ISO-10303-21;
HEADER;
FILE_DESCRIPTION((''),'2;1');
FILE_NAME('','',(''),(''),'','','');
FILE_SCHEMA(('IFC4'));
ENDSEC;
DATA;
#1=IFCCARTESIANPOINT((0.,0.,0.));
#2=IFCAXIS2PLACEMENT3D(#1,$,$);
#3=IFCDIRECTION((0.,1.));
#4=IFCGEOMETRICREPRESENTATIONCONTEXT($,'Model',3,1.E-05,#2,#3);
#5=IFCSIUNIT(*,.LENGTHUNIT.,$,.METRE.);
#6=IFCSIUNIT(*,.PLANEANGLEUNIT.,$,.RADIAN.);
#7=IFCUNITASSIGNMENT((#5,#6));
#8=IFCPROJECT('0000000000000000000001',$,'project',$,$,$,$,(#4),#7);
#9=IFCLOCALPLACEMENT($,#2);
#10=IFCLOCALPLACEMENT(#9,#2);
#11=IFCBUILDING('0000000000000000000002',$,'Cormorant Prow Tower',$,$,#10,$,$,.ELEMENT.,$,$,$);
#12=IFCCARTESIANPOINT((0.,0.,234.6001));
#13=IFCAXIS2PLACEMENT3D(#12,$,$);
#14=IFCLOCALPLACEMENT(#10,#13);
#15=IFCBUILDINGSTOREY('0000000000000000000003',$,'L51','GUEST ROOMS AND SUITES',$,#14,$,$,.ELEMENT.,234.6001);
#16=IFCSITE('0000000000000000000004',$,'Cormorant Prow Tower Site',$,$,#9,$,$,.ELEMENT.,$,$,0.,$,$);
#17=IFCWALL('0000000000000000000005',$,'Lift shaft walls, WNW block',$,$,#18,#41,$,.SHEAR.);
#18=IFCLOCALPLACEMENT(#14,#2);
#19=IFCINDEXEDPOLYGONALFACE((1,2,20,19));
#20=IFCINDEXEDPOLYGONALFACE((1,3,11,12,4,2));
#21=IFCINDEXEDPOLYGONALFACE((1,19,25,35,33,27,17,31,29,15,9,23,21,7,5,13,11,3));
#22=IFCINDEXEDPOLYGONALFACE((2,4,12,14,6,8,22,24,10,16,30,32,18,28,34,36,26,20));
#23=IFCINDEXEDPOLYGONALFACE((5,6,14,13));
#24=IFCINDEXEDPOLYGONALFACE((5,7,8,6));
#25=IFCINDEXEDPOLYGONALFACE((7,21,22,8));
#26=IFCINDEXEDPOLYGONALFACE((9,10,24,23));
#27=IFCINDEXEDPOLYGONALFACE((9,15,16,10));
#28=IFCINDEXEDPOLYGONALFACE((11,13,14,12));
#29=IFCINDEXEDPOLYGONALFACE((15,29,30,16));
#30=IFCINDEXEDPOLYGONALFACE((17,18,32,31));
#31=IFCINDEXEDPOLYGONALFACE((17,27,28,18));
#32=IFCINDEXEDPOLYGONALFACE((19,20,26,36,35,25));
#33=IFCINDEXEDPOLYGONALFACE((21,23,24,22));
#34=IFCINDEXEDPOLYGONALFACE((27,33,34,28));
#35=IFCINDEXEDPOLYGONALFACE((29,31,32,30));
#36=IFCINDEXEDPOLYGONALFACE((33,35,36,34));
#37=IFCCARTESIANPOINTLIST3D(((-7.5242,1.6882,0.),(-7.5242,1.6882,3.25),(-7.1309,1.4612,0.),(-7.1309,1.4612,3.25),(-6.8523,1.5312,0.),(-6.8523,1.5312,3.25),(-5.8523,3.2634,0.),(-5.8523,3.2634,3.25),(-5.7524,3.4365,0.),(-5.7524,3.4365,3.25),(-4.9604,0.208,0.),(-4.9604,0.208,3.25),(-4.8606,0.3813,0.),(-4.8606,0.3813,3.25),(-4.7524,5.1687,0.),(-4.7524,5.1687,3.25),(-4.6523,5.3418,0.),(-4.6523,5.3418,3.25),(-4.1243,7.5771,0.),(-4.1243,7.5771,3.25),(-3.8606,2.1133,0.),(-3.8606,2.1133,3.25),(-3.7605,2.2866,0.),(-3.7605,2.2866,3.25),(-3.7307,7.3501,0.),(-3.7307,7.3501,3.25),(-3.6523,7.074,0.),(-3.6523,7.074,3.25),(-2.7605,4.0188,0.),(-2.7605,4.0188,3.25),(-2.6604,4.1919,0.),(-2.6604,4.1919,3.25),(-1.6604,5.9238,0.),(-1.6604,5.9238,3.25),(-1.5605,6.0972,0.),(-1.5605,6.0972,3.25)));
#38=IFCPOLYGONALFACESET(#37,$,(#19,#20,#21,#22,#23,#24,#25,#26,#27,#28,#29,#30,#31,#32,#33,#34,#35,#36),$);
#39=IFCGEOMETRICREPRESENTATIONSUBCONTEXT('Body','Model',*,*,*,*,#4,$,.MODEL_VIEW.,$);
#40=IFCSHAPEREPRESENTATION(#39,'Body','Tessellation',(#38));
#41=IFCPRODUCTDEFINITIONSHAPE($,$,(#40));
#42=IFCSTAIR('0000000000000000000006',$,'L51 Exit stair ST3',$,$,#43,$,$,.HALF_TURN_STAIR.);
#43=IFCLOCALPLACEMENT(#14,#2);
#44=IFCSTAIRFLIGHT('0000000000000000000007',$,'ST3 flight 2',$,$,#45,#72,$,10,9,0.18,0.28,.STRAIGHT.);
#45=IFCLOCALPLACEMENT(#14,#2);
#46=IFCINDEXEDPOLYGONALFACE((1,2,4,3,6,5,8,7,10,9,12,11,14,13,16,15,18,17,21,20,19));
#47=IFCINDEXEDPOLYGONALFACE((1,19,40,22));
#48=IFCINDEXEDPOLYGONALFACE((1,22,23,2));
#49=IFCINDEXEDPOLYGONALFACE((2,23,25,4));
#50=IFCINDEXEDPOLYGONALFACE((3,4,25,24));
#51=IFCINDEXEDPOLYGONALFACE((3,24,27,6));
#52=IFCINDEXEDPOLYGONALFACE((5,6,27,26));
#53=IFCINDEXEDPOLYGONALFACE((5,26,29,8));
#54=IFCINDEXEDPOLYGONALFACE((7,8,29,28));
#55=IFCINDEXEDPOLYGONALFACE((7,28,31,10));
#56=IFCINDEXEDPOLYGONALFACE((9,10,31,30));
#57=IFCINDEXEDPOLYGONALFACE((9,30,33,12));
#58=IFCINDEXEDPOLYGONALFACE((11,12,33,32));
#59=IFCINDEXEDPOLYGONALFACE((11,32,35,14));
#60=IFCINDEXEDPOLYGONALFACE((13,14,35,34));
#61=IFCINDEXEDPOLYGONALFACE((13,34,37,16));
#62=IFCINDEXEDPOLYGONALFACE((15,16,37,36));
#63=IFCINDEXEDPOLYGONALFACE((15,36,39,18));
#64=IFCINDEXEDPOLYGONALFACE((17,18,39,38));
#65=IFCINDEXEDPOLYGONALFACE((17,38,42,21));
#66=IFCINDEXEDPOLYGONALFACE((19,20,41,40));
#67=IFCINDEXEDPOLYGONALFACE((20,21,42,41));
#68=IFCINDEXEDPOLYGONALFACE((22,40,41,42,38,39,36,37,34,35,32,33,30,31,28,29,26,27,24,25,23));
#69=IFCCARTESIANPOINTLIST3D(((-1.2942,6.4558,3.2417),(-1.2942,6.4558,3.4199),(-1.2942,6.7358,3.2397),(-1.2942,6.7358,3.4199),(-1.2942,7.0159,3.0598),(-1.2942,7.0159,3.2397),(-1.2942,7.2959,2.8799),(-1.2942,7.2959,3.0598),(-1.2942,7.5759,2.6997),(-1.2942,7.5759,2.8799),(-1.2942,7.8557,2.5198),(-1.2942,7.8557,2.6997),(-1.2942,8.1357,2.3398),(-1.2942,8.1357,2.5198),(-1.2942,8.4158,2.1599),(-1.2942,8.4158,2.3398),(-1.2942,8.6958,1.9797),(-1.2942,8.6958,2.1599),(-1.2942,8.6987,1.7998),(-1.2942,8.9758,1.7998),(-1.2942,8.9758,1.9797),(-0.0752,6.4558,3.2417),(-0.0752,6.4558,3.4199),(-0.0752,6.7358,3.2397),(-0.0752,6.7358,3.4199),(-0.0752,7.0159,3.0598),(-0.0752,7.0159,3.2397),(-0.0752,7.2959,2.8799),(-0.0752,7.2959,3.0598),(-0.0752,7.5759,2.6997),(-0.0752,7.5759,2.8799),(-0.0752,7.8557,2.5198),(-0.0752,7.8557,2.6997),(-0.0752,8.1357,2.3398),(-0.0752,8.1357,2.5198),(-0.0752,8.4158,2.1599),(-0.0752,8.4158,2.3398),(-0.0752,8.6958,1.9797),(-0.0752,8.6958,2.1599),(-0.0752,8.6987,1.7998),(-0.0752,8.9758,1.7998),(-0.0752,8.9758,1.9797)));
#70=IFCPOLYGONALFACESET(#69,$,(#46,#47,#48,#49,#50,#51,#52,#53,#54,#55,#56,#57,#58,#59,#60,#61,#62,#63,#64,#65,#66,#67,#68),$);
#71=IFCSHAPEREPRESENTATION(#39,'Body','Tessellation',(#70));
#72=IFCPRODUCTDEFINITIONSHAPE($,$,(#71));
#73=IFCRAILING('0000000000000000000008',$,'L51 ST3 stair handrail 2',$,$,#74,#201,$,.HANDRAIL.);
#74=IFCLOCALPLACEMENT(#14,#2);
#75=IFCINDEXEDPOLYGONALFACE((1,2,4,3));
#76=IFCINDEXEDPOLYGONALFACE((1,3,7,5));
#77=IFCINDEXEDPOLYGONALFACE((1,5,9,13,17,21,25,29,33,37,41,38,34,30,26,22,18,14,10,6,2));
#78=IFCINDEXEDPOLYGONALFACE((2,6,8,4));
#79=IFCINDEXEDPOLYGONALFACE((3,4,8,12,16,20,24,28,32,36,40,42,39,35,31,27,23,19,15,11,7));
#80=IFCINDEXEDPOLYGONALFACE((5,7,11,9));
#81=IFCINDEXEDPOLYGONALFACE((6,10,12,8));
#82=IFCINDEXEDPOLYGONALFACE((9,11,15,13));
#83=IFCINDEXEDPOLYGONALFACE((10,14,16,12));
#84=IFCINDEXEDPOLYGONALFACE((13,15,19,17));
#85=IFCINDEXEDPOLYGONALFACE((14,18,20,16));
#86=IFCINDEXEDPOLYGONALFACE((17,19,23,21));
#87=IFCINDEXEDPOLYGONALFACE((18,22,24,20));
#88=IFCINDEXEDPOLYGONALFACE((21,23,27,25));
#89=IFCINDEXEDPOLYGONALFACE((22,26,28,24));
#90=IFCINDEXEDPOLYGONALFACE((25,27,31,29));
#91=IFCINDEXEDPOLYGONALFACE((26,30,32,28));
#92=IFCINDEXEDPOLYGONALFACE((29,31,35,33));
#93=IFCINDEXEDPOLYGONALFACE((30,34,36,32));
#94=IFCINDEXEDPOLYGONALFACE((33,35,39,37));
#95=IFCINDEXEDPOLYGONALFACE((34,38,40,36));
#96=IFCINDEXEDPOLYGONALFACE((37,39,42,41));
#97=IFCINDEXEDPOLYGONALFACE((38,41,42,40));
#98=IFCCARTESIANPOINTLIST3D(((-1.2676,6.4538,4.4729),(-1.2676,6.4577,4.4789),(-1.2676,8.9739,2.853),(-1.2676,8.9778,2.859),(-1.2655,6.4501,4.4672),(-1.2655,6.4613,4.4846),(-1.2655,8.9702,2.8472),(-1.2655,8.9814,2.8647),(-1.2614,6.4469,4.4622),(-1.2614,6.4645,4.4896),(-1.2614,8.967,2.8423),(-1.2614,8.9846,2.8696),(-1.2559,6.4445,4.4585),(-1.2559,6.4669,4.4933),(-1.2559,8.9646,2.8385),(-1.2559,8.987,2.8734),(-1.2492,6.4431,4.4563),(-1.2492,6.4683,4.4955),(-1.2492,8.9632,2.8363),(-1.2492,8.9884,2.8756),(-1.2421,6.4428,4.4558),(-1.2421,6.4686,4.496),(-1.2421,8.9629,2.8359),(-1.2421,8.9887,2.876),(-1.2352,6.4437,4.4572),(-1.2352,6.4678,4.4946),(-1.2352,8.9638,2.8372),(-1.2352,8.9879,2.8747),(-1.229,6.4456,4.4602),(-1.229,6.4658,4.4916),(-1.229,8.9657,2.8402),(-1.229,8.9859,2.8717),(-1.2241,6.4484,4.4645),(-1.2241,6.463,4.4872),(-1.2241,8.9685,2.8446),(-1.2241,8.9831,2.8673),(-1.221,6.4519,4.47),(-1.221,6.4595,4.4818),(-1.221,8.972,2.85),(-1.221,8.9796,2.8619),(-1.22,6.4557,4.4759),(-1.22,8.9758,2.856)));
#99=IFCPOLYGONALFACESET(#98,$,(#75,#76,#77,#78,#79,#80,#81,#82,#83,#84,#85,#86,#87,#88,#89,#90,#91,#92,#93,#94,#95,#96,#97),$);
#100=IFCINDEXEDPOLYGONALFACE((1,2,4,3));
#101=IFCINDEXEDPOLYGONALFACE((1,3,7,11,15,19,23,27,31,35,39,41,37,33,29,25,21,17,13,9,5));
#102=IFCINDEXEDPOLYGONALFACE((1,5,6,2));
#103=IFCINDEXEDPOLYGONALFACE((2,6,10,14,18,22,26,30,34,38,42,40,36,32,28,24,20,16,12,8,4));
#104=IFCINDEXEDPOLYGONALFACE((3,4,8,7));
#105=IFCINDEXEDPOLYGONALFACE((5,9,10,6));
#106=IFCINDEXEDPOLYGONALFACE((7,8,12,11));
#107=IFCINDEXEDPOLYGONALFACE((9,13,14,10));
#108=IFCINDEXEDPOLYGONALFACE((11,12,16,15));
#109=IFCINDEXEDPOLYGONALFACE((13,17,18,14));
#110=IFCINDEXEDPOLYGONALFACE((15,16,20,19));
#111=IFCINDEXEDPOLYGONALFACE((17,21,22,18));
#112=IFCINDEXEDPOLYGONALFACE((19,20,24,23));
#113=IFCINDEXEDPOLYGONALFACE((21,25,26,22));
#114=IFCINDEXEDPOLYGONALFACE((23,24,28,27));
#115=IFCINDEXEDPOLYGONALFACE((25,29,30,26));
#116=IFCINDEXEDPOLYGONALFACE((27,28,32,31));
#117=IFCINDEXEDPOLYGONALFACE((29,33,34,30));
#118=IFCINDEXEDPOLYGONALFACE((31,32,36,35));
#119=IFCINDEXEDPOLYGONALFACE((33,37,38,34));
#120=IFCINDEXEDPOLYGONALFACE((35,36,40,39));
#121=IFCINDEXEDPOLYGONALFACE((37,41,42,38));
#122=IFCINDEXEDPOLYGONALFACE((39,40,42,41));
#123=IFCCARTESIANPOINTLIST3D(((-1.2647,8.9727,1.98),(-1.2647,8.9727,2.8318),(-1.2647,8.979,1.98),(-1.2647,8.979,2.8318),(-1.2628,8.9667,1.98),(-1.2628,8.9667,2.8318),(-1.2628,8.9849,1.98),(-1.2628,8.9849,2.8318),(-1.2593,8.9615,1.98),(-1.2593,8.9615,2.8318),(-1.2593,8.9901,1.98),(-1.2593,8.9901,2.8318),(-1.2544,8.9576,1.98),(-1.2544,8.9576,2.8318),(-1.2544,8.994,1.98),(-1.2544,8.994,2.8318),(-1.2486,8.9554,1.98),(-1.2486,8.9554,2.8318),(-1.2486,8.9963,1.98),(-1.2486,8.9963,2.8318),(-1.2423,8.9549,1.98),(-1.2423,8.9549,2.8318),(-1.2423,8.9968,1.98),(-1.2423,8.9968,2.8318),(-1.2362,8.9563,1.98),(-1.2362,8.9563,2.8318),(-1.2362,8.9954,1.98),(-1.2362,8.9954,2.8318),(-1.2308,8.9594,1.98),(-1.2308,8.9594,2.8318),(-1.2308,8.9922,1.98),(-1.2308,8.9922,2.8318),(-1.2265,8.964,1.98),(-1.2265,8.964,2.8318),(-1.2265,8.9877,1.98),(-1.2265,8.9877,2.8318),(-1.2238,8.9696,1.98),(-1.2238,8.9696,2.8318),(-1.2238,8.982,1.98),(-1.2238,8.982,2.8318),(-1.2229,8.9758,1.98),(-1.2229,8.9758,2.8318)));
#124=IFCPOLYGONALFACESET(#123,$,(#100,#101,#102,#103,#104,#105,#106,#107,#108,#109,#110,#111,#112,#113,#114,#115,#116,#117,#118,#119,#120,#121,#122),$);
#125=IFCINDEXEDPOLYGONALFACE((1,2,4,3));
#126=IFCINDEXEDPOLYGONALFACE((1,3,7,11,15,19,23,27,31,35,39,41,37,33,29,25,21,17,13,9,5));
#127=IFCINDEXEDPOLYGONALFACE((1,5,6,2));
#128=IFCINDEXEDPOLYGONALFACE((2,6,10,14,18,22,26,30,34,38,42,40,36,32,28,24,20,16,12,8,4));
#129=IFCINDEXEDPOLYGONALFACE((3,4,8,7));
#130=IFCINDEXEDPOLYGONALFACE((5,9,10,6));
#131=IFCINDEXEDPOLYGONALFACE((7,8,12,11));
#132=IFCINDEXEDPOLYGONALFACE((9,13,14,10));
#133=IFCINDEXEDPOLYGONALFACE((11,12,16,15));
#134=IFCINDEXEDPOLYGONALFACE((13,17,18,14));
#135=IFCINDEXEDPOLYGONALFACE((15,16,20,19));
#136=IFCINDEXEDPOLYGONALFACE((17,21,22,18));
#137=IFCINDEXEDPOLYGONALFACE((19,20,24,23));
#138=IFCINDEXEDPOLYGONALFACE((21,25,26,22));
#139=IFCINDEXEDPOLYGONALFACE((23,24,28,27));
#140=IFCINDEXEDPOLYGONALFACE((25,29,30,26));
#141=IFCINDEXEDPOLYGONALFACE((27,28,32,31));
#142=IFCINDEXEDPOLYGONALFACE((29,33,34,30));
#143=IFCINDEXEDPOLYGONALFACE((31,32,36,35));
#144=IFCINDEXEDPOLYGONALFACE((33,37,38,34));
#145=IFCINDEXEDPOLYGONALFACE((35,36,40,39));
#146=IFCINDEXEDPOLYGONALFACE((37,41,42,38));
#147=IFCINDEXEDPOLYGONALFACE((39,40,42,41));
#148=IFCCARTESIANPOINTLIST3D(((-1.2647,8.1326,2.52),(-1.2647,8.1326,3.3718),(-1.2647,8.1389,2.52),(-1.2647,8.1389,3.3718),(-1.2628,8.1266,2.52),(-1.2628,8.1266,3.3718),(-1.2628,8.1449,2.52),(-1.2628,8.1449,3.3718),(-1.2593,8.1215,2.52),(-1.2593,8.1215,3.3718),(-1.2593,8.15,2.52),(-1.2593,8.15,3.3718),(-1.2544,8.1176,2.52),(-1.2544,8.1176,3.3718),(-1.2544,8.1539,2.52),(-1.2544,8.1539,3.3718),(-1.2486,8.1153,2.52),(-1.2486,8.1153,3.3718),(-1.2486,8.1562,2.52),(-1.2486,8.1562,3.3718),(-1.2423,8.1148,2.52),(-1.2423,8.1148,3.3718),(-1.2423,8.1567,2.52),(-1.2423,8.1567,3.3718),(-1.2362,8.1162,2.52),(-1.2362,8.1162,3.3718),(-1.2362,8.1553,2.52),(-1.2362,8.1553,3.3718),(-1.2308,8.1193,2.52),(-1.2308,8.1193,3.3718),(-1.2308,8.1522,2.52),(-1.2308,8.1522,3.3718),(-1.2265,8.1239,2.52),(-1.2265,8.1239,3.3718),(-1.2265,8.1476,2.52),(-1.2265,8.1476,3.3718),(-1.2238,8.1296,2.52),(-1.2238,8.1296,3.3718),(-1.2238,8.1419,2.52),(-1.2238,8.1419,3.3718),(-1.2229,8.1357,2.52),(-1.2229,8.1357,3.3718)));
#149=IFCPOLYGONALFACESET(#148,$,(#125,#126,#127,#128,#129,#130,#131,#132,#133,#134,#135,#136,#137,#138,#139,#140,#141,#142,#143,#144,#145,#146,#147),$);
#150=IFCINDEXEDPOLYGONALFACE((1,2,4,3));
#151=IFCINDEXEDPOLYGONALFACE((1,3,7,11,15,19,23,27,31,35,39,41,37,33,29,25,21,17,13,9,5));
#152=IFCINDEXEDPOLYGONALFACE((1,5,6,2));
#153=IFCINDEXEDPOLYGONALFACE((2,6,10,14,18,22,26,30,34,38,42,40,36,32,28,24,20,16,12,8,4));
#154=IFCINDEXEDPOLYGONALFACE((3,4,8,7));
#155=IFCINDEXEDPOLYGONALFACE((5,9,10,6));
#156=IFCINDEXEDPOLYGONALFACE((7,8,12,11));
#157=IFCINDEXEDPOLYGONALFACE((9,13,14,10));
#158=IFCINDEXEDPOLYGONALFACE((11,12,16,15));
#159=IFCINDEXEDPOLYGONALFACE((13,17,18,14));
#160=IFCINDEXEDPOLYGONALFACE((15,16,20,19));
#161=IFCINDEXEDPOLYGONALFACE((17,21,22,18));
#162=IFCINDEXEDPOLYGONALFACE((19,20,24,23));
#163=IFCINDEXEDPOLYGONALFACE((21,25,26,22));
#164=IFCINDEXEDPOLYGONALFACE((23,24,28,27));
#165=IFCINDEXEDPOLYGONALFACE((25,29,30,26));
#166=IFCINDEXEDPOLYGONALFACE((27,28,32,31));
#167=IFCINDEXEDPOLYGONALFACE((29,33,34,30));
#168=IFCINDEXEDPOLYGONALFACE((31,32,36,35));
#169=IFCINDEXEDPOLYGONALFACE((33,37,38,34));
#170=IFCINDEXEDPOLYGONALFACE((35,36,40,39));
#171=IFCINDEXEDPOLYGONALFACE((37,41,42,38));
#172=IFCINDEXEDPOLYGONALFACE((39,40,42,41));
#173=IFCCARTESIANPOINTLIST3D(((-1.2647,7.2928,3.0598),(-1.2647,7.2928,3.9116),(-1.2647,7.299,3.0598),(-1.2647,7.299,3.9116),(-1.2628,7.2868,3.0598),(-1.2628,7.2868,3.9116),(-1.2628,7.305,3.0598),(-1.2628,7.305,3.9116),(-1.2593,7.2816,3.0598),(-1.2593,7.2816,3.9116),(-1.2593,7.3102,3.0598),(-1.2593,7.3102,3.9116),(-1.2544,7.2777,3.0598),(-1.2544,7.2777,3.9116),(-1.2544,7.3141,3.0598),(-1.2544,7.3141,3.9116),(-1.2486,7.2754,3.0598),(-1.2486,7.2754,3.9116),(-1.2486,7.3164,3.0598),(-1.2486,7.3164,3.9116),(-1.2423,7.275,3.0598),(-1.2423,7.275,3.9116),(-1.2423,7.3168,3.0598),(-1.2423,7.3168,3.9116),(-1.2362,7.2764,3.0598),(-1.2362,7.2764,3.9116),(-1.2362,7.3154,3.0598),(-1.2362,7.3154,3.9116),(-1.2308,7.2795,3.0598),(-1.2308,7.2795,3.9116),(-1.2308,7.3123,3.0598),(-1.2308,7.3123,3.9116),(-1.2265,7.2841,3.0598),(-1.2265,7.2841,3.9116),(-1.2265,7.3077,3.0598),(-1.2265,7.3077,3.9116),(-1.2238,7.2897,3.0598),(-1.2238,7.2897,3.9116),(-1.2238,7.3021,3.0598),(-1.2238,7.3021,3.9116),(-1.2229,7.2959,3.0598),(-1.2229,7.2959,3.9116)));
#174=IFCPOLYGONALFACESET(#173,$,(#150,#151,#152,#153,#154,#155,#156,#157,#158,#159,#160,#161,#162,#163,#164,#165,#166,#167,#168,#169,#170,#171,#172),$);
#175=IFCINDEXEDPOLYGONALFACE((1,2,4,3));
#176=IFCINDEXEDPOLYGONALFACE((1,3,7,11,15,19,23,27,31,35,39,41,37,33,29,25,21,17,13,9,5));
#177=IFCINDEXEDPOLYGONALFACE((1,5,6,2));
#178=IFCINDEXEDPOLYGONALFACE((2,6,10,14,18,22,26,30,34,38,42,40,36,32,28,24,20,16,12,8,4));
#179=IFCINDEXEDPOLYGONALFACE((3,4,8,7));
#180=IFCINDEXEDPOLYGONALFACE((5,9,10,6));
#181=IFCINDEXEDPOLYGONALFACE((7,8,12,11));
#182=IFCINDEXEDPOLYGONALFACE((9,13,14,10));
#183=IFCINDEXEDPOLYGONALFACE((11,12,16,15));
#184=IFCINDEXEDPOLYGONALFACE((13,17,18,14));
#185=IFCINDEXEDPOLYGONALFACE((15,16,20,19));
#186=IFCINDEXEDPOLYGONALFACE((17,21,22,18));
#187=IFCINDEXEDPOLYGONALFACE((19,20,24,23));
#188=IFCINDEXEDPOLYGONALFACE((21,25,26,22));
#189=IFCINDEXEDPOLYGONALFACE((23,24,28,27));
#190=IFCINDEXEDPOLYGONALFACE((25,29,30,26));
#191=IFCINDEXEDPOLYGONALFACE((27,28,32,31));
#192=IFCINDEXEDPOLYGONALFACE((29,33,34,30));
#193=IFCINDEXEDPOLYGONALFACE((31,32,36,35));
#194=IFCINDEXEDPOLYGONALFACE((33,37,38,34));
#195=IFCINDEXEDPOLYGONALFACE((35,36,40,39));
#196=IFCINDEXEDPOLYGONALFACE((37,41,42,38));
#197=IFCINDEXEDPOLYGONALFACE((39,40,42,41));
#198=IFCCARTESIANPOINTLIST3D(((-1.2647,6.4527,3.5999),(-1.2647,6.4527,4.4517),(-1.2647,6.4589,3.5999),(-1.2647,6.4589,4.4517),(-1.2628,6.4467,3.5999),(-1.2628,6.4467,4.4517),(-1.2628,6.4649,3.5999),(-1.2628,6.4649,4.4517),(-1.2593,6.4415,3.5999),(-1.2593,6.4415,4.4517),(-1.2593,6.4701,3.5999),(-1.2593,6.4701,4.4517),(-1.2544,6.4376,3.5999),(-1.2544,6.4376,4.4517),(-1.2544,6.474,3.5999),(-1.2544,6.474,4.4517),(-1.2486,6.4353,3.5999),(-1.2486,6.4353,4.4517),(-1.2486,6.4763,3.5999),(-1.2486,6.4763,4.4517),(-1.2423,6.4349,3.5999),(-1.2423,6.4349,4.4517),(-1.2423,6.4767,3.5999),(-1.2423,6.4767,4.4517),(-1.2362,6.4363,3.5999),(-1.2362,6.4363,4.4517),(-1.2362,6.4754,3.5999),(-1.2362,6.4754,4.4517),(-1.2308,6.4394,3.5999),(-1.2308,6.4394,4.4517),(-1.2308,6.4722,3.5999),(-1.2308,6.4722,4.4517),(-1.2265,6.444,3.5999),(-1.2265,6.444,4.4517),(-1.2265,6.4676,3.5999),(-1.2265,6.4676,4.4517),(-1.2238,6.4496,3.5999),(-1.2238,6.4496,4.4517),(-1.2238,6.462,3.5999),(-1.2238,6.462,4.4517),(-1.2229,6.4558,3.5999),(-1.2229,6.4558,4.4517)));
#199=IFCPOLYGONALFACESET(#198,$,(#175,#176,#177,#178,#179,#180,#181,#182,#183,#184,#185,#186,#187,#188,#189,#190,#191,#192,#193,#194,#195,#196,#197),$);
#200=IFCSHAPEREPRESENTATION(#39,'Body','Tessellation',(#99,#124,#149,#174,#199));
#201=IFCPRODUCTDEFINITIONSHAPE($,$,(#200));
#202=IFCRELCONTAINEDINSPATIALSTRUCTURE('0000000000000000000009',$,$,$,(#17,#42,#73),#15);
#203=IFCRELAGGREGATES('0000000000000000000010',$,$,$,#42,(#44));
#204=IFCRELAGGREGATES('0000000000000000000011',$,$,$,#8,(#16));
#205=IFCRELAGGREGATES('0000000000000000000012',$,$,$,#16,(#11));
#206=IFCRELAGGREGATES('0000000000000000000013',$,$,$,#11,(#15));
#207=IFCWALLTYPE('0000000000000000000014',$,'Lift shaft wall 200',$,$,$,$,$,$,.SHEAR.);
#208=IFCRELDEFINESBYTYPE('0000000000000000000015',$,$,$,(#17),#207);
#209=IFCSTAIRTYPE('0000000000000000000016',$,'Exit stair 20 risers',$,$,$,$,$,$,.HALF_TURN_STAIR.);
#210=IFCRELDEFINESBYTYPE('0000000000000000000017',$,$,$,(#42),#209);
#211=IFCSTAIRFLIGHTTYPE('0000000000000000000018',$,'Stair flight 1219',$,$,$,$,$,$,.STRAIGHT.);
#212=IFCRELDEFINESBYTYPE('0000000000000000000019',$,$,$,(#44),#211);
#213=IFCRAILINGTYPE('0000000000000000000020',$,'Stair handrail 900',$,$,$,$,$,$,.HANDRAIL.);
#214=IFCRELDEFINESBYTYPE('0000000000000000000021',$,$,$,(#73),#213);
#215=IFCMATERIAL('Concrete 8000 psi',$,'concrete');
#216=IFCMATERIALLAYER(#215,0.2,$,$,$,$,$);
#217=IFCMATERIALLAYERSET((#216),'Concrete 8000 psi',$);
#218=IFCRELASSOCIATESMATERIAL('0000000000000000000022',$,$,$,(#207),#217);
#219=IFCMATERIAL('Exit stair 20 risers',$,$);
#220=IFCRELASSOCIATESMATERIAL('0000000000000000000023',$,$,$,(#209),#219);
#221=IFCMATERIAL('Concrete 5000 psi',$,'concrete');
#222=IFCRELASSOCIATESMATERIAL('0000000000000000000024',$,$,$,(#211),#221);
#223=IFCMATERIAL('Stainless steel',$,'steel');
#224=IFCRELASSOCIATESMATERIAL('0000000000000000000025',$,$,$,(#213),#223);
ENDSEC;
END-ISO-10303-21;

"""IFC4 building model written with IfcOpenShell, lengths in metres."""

from ifc_helpers import new_model, si_unit, direction, frame, origin, origin_2d, place, context, subcontext, project, spatial, polyline, circle, outline, extrude, material, layer, layer_set, type_object, element, aggregate, save


model = new_model("IFC4")

# Units and contexts
model_context = context("Model", 3, precision=1e-05, world=origin(), true_north=direction((0.0, 1.0)))
body_context = subcontext(model_context, "Body", "Model", "MODEL_VIEW")
ifc_project = project(units=[si_unit("LENGTHUNIT", "METRE"), si_unit("PLANEANGLEUNIT", "RADIAN")], contexts=[model_context])

# Site, building, storey
site_placement = place(None, origin())
site = spatial("IfcSite", under=ifc_project, at=site_placement, Name="Cormorant Prow Tower Site", CompositionType="ELEMENT", RefElevation=0.0)
building_placement = place(site_placement, origin())
building = spatial("IfcBuilding", under=site, at=building_placement, Name="Cormorant Prow Tower", CompositionType="ELEMENT")
storey_placement = place(building_placement, frame((0.0, 0.0, 234.6001)))
storey = spatial("IfcBuildingStorey", under=building, at=storey_placement, Name="L51", Description="GUEST ROOMS AND SUITES", CompositionType="ELEMENT", Elevation=234.6001)

# Wall
ifc_material_1 = material(Name="Concrete 8000 psi", Category="concrete")
ifc_layer_1 = layer(ifc_material_1, 0.2)
ifc_layer_set_1 = layer_set([ifc_layer_1], Name="Concrete 8000 psi")
wall_type_1 = type_object("IfcWallType", Name="Lift shaft wall 200", PredefinedType="SHEAR", material=ifc_layer_set_1)
wall_1_placement = place(storey_placement, origin())
element("IfcWall", 1, at=wall_1_placement, inside=storey, type_object=wall_type_1, Name="Lift shaft walls, WNW block", PredefinedType="SHEAR", context=body_context, shape_type="SweptSolid", body=[
    extrude(outline(polyline([(-7.5242, 1.6882), (-4.1243, 7.5771), (-3.7307, 7.3501), (-1.5605, 6.0972), (-1.6604, 5.9238), (-3.6523, 7.074), (-4.6523, 5.3418), (-2.6604, 4.1919), (-2.7605, 4.0188), (-4.7524, 5.1687), (-5.7524, 3.4365), (-3.7605, 2.2866), (-3.8606, 2.1133), (-5.8523, 3.2634), (-6.8523, 1.5312), (-4.8606, 0.3813), (-4.9604, 0.208), (-7.1309, 1.4612), (-7.5242, 1.6882)])), origin(), (0.0, 0.0, 1.0), 3.25),
])

# Stair, stair flight
ifc_material_2 = material(Name="Exit stair 20 risers")
stair_type = type_object("IfcStairType", Name="Exit stair 20 risers", PredefinedType="HALF_TURN_STAIR", material=ifc_material_2)
stair_placement = place(storey_placement, origin())
stair = element("IfcStair", 2, at=stair_placement, inside=storey, type_object=stair_type, Name="L51 Exit stair ST3", PredefinedType="HALF_TURN_STAIR")
ifc_material_3 = material(Name="Concrete 5000 psi", Category="concrete")
stair_flight_type = type_object("IfcStairFlightType", Name="Stair flight 1219", PredefinedType="STRAIGHT", material=ifc_material_3)
stair_flight_placement = place(storey_placement, frame((-0.6846, 8.9758, 1.7998), z_axis=(0.0, 0.0, 1.0), x_axis=(0.0, -1.0, 0.0)))
stair_flight = element("IfcStairFlight", 3, at=stair_flight_placement, type_object=stair_flight_type, Name="ST3 flight 2", NumberOfRisers=10, NumberOfTreads=9, PredefinedType="STRAIGHT", RiserHeight=0.18, TreadLength=0.28, context=body_context, shape_type="SweptSolid", body=[
    extrude(outline(polyline([(0.0, 0.0), (0.0, 0.1799), (0.28, 0.1799), (0.28, 0.3601), (0.5601, 0.3601), (0.5601, 0.54), (0.8401, 0.54), (0.8401, 0.72), (1.1201, 0.72), (1.1201, 0.8999), (1.3999, 0.8999), (1.3999, 1.0801), (1.6799, 1.0801), (1.6799, 1.26), (1.96, 1.26), (1.96, 1.4399), (2.24, 1.4399), (2.24, 1.6201), (2.52, 1.6201), (2.52, 1.8), (2.52, 1.4419), (0.2771, 0.0), (0.0, 0.0)])), frame((0.0, 0.6094, 0.0), z_axis=(0.0, -1.0, 0.0), x_axis=(1.0, 0.0, 0.0)), (0.0, 0.0, 1.0), 1.219),
])
aggregate(stair, [stair_flight])

# Railing
ifc_material_4 = material(Name="Stainless steel", Category="steel")
railing_type = type_object("IfcRailingType", Name="Stair handrail 900", PredefinedType="HANDRAIL", material=ifc_material_4)
railing_placement = place(storey_placement, frame((-1.2439, 8.9758, 1.98)))
element("IfcRailing", 4, at=railing_placement, inside=storey, type_object=railing_type, Name="L51 ST3 stair handrail 2", PredefinedType="HANDRAIL", context=body_context, shape_type="SweptSolid", body=[
    extrude(circle(Radius=0.0239, at=origin_2d()), frame((0.0, 0.0, 0.876), z_axis=(0.0, -0.8412, 0.540725), x_axis=(1.0, 0.0, 0.0)), (0.0, 0.0, 1.0), 2.9958),
    extrude(circle(Radius=0.021, at=origin_2d()), origin(), (0.0, 0.0, 1.0), 0.8518),
    extrude(circle(Radius=0.021, at=origin_2d()), frame((0.0, -0.8401, 0.54)), (0.0, 0.0, 1.0), 0.8518),
    extrude(circle(Radius=0.021, at=origin_2d()), frame((0.0, -1.6799, 1.0798)), (0.0, 0.0, 1.0), 0.8518),
    extrude(circle(Radius=0.021, at=origin_2d()), frame((0.0, -2.52, 1.6199)), (0.0, 0.0, 1.0), 0.8518),
])

save(model, "model.ifc")
